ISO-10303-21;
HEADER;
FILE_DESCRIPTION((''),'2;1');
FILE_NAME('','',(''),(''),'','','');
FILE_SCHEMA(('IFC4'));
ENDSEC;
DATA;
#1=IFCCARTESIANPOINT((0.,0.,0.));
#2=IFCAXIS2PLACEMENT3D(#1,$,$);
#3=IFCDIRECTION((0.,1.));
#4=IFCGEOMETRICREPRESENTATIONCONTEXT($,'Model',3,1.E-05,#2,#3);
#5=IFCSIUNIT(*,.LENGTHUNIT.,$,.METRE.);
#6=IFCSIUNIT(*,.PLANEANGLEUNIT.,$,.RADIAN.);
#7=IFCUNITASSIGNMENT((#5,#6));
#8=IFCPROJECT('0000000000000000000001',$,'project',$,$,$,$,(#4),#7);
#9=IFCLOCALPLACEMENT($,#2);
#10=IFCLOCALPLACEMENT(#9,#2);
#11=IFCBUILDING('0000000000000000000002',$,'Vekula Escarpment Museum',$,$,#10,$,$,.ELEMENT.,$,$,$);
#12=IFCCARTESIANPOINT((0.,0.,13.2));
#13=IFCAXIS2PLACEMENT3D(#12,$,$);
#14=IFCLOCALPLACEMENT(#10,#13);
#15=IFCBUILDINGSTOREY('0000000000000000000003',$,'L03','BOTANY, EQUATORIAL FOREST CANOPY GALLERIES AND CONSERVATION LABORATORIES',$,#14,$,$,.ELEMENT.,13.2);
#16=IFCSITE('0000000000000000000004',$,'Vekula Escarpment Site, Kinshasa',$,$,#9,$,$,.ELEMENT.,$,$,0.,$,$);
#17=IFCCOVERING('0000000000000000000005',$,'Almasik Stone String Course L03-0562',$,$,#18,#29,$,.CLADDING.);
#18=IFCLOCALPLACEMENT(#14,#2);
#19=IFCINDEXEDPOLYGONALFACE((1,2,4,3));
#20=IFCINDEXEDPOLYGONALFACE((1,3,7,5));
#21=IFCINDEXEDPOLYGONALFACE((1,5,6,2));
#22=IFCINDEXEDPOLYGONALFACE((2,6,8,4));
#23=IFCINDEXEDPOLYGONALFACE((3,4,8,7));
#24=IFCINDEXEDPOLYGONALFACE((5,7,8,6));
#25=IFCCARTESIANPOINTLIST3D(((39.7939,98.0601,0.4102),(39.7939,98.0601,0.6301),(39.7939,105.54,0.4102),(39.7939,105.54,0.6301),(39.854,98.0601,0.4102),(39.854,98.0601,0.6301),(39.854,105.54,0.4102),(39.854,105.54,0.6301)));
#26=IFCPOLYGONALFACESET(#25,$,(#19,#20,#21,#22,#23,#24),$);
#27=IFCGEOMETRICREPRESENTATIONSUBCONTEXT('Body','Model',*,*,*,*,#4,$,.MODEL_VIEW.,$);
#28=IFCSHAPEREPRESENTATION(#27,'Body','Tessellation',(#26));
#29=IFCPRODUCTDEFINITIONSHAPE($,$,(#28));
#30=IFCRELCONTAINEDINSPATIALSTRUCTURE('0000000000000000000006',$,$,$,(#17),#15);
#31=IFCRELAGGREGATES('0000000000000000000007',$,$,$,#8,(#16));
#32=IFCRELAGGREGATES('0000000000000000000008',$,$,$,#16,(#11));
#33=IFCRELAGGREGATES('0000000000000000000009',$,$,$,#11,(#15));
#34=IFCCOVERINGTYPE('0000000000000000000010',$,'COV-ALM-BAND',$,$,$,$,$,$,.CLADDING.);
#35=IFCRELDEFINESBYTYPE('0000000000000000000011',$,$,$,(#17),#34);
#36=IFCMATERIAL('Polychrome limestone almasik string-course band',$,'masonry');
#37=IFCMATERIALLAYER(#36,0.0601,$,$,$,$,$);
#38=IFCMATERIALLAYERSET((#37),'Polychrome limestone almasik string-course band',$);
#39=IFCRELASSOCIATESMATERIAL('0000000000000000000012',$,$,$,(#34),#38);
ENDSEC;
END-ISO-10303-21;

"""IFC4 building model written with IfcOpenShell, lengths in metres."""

from ifc_helpers import new_model, si_unit, direction, frame, origin, origin_2d, place, context, subcontext, project, spatial, rectangle, extrude, material, layer, layer_set, type_object, element, save


model = new_model("IFC4")

# Units and contexts
model_context = context("Model", 3, precision=1e-05, world=origin(), true_north=direction((0.0, 1.0)))
body_context = subcontext(model_context, "Body", "Model", "MODEL_VIEW")
ifc_project = project(units=[si_unit("LENGTHUNIT", "METRE"), si_unit("PLANEANGLEUNIT", "RADIAN")], contexts=[model_context])

# Site, building, storey
site_placement = place(None, origin())
site = spatial("IfcSite", under=ifc_project, at=site_placement, Name="Vekula Escarpment Site, Kinshasa", CompositionType="ELEMENT", RefElevation=0.0)
building_placement = place(site_placement, origin())
building = spatial("IfcBuilding", under=site, at=building_placement, Name="Vekula Escarpment Museum", CompositionType="ELEMENT")
storey_placement = place(building_placement, frame((0.0, 0.0, 13.2)))
storey = spatial("IfcBuildingStorey", under=building, at=storey_placement, Name="L03", Description="BOTANY, EQUATORIAL FOREST CANOPY GALLERIES AND CONSERVATION LABORATORIES", CompositionType="ELEMENT", Elevation=13.2)

# Covering
ifc_material_1 = material(Name="Polychrome limestone almasik string-course band", Category="masonry")
ifc_layer_1 = layer(ifc_material_1, 0.0601)
ifc_layer_set_1 = layer_set([ifc_layer_1], Name="Polychrome limestone almasik string-course band")
covering_type = type_object("IfcCoveringType", Name="COV-ALM-BAND", PredefinedType="CLADDING", material=ifc_layer_set_1)
covering_1_placement = place(storey_placement, frame((39.824, 101.8, 0.4102), z_axis=(0.0, 0.0, 1.0), x_axis=(0.0, 1.0, 0.0)))
element("IfcCovering", 1, at=covering_1_placement, inside=storey, type_object=covering_type, Name="Almasik Stone String Course L03-0562", PredefinedType="CLADDING", context=body_context, shape_type="SweptSolid", body=[
    extrude(rectangle(XDim=7.48, YDim=0.0601, at=origin_2d()), origin(), (0.0, 0.0, 1.0), 0.22),
])

save(model, "model.ifc")
